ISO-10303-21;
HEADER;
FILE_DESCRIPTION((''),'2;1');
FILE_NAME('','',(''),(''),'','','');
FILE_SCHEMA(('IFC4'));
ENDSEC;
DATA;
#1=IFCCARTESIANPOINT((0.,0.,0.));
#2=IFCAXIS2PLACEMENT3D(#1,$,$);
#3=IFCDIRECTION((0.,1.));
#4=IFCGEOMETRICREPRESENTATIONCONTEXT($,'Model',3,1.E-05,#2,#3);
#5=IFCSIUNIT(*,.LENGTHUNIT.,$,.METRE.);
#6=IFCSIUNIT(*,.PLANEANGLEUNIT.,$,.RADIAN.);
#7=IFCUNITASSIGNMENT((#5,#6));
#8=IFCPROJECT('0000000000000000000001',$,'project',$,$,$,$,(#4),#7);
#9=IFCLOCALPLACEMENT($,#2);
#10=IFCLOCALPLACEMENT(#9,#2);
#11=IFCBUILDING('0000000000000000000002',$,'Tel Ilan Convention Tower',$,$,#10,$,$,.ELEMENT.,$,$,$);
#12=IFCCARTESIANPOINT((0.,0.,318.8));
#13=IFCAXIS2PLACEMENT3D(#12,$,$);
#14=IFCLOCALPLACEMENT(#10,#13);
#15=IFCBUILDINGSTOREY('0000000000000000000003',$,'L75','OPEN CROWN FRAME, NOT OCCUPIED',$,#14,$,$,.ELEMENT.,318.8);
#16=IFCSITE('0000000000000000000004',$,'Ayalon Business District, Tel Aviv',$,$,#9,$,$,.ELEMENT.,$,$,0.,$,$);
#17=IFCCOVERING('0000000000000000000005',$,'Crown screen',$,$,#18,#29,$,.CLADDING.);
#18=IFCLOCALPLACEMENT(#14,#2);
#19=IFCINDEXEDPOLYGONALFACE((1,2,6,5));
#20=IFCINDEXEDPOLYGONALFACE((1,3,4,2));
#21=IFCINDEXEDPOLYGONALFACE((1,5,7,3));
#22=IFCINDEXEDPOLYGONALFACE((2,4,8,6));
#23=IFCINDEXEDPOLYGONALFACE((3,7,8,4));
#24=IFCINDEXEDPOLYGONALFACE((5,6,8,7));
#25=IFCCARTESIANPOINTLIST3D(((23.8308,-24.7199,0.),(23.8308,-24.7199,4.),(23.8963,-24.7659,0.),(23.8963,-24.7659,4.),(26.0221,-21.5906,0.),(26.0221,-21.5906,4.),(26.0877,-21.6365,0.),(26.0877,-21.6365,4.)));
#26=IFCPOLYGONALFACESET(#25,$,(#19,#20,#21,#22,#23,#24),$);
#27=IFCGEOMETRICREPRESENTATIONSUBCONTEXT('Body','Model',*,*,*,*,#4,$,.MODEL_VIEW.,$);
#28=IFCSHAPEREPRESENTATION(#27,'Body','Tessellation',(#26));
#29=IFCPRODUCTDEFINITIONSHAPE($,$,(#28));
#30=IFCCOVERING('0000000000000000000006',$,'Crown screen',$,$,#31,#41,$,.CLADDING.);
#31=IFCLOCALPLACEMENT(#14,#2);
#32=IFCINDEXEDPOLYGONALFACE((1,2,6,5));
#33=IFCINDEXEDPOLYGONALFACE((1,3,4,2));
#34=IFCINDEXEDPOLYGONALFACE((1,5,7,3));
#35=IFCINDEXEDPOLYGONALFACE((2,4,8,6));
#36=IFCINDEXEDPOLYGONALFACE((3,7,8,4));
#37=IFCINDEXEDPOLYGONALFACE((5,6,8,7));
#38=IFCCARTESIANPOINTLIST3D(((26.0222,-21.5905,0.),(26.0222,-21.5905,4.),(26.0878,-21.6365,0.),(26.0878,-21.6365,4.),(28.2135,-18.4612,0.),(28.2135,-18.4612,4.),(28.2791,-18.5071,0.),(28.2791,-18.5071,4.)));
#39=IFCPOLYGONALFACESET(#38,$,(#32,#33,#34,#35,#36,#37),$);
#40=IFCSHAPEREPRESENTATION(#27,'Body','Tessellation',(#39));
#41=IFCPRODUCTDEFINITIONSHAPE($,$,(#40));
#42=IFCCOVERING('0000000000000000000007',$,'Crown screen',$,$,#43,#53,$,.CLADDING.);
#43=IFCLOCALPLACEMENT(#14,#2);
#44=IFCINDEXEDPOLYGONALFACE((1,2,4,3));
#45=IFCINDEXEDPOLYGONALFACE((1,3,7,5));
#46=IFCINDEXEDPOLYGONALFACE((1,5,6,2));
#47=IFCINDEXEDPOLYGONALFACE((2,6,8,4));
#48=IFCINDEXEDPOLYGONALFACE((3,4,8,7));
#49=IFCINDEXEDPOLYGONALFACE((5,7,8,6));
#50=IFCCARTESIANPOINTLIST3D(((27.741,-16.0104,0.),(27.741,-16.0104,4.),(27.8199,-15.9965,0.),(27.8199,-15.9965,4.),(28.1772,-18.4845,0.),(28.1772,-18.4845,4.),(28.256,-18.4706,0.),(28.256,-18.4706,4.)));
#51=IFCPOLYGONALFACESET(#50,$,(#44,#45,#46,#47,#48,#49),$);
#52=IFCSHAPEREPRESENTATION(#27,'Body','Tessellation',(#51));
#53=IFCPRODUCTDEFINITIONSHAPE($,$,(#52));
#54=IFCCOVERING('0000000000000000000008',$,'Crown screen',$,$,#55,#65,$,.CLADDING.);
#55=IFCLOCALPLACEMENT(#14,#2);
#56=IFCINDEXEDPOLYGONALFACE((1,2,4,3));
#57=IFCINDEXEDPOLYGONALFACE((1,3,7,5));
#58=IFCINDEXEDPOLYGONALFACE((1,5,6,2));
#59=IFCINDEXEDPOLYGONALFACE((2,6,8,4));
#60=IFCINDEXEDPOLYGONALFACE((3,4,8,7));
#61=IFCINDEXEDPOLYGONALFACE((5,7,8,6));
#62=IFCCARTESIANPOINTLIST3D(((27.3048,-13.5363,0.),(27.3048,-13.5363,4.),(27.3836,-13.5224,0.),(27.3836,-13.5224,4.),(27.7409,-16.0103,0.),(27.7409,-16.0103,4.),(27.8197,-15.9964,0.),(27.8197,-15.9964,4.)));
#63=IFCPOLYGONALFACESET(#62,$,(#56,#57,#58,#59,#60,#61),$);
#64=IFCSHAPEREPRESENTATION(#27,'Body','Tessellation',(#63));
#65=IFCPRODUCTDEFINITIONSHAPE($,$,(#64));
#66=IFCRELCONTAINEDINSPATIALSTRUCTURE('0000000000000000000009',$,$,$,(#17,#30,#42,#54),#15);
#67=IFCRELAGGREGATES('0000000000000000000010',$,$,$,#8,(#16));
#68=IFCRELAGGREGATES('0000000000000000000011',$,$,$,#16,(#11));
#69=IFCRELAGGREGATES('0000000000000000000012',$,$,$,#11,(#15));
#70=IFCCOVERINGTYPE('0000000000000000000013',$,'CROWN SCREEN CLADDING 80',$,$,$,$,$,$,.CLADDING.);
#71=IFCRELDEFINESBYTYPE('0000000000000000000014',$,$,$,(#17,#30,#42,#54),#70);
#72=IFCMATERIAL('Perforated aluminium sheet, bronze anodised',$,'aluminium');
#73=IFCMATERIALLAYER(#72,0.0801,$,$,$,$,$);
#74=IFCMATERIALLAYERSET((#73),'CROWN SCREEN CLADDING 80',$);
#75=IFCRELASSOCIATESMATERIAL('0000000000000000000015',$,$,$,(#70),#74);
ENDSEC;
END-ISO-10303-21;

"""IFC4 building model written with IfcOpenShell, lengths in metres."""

from ifc_helpers import new_model, si_unit, direction, frame, origin, origin_2d, place, context, subcontext, project, spatial, rectangle, extrude, material, layer, layer_set, type_object, element, save


model = new_model("IFC4")

# Units and contexts
model_context = context("Model", 3, precision=1e-05, world=origin(), true_north=direction((0.0, 1.0)))
body_context = subcontext(model_context, "Body", "Model", "MODEL_VIEW")
ifc_project = project(units=[si_unit("LENGTHUNIT", "METRE"), si_unit("PLANEANGLEUNIT", "RADIAN")], contexts=[model_context])

# Site, building, storey
site_placement = place(None, origin())
site = spatial("IfcSite", under=ifc_project, at=site_placement, Name="Ayalon Business District, Tel Aviv", CompositionType="ELEMENT", RefElevation=0.0)
building_placement = place(site_placement, origin())
building = spatial("IfcBuilding", under=site, at=building_placement, Name="Tel Ilan Convention Tower", CompositionType="ELEMENT")
storey_placement = place(building_placement, frame((0.0, 0.0, 318.8)))
storey = spatial("IfcBuildingStorey", under=building, at=storey_placement, Name="L75", Description="OPEN CROWN FRAME, NOT OCCUPIED", CompositionType="ELEMENT", Elevation=318.8)

# Coverings
ifc_material_1 = material(Name="Perforated aluminium sheet, bronze anodised", Category="aluminium")
ifc_layer_1 = layer(ifc_material_1, 0.0801)
ifc_layer_set_1 = layer_set([ifc_layer_1], Name="CROWN SCREEN CLADDING 80")
covering_type = type_object("IfcCoveringType", Name="CROWN SCREEN CLADDING 80", PredefinedType="CLADDING", material=ifc_layer_set_1)
for number, where, z_axis, x_axis, name in (
    (1, (24.9592, -23.1782, 0.0), (0.0, 0.0, 1.0), (0.573607, 0.81913, 0.0), "Crown screen"),
    (2, (27.1506, -20.0488, 0.0), (0.0, 0.0, 1.0), (0.573607, 0.81913, 0.0), "Crown screen"),
):
    element("IfcCovering", number, at=place(storey_placement, frame(where, z_axis=z_axis, x_axis=x_axis)), inside=storey, type_object=covering_type, Name=name, PredefinedType="CLADDING", context=body_context, shape_type="SweptSolid", body=[
        extrude(rectangle(XDim=3.8203, YDim=0.0801, at=origin_2d()), origin(), (0.0, 0.0, 1.0), 4.0),
    ])
for number, where, z_axis, x_axis, name in (
    (3, (27.9985, -17.2405, 0.0), (0.0, 0.0, 1.0), (-0.173598, 0.984817, 0.0), "Crown screen"),
    (4, (27.5623, -14.7664, 0.0), (0.0, 0.0, 1.0), (-0.173598, 0.984817, 0.0), "Crown screen"),
):
    element("IfcCovering", number, at=place(storey_placement, frame(where, z_axis=z_axis, x_axis=x_axis)), inside=storey, type_object=covering_type, Name=name, PredefinedType="CLADDING", context=body_context, shape_type="SweptSolid", body=[
        extrude(rectangle(XDim=2.5122, YDim=0.0801, at=origin_2d()), origin(), (0.0, 0.0, 1.0), 4.0),
    ])

save(model, "model.ifc")
